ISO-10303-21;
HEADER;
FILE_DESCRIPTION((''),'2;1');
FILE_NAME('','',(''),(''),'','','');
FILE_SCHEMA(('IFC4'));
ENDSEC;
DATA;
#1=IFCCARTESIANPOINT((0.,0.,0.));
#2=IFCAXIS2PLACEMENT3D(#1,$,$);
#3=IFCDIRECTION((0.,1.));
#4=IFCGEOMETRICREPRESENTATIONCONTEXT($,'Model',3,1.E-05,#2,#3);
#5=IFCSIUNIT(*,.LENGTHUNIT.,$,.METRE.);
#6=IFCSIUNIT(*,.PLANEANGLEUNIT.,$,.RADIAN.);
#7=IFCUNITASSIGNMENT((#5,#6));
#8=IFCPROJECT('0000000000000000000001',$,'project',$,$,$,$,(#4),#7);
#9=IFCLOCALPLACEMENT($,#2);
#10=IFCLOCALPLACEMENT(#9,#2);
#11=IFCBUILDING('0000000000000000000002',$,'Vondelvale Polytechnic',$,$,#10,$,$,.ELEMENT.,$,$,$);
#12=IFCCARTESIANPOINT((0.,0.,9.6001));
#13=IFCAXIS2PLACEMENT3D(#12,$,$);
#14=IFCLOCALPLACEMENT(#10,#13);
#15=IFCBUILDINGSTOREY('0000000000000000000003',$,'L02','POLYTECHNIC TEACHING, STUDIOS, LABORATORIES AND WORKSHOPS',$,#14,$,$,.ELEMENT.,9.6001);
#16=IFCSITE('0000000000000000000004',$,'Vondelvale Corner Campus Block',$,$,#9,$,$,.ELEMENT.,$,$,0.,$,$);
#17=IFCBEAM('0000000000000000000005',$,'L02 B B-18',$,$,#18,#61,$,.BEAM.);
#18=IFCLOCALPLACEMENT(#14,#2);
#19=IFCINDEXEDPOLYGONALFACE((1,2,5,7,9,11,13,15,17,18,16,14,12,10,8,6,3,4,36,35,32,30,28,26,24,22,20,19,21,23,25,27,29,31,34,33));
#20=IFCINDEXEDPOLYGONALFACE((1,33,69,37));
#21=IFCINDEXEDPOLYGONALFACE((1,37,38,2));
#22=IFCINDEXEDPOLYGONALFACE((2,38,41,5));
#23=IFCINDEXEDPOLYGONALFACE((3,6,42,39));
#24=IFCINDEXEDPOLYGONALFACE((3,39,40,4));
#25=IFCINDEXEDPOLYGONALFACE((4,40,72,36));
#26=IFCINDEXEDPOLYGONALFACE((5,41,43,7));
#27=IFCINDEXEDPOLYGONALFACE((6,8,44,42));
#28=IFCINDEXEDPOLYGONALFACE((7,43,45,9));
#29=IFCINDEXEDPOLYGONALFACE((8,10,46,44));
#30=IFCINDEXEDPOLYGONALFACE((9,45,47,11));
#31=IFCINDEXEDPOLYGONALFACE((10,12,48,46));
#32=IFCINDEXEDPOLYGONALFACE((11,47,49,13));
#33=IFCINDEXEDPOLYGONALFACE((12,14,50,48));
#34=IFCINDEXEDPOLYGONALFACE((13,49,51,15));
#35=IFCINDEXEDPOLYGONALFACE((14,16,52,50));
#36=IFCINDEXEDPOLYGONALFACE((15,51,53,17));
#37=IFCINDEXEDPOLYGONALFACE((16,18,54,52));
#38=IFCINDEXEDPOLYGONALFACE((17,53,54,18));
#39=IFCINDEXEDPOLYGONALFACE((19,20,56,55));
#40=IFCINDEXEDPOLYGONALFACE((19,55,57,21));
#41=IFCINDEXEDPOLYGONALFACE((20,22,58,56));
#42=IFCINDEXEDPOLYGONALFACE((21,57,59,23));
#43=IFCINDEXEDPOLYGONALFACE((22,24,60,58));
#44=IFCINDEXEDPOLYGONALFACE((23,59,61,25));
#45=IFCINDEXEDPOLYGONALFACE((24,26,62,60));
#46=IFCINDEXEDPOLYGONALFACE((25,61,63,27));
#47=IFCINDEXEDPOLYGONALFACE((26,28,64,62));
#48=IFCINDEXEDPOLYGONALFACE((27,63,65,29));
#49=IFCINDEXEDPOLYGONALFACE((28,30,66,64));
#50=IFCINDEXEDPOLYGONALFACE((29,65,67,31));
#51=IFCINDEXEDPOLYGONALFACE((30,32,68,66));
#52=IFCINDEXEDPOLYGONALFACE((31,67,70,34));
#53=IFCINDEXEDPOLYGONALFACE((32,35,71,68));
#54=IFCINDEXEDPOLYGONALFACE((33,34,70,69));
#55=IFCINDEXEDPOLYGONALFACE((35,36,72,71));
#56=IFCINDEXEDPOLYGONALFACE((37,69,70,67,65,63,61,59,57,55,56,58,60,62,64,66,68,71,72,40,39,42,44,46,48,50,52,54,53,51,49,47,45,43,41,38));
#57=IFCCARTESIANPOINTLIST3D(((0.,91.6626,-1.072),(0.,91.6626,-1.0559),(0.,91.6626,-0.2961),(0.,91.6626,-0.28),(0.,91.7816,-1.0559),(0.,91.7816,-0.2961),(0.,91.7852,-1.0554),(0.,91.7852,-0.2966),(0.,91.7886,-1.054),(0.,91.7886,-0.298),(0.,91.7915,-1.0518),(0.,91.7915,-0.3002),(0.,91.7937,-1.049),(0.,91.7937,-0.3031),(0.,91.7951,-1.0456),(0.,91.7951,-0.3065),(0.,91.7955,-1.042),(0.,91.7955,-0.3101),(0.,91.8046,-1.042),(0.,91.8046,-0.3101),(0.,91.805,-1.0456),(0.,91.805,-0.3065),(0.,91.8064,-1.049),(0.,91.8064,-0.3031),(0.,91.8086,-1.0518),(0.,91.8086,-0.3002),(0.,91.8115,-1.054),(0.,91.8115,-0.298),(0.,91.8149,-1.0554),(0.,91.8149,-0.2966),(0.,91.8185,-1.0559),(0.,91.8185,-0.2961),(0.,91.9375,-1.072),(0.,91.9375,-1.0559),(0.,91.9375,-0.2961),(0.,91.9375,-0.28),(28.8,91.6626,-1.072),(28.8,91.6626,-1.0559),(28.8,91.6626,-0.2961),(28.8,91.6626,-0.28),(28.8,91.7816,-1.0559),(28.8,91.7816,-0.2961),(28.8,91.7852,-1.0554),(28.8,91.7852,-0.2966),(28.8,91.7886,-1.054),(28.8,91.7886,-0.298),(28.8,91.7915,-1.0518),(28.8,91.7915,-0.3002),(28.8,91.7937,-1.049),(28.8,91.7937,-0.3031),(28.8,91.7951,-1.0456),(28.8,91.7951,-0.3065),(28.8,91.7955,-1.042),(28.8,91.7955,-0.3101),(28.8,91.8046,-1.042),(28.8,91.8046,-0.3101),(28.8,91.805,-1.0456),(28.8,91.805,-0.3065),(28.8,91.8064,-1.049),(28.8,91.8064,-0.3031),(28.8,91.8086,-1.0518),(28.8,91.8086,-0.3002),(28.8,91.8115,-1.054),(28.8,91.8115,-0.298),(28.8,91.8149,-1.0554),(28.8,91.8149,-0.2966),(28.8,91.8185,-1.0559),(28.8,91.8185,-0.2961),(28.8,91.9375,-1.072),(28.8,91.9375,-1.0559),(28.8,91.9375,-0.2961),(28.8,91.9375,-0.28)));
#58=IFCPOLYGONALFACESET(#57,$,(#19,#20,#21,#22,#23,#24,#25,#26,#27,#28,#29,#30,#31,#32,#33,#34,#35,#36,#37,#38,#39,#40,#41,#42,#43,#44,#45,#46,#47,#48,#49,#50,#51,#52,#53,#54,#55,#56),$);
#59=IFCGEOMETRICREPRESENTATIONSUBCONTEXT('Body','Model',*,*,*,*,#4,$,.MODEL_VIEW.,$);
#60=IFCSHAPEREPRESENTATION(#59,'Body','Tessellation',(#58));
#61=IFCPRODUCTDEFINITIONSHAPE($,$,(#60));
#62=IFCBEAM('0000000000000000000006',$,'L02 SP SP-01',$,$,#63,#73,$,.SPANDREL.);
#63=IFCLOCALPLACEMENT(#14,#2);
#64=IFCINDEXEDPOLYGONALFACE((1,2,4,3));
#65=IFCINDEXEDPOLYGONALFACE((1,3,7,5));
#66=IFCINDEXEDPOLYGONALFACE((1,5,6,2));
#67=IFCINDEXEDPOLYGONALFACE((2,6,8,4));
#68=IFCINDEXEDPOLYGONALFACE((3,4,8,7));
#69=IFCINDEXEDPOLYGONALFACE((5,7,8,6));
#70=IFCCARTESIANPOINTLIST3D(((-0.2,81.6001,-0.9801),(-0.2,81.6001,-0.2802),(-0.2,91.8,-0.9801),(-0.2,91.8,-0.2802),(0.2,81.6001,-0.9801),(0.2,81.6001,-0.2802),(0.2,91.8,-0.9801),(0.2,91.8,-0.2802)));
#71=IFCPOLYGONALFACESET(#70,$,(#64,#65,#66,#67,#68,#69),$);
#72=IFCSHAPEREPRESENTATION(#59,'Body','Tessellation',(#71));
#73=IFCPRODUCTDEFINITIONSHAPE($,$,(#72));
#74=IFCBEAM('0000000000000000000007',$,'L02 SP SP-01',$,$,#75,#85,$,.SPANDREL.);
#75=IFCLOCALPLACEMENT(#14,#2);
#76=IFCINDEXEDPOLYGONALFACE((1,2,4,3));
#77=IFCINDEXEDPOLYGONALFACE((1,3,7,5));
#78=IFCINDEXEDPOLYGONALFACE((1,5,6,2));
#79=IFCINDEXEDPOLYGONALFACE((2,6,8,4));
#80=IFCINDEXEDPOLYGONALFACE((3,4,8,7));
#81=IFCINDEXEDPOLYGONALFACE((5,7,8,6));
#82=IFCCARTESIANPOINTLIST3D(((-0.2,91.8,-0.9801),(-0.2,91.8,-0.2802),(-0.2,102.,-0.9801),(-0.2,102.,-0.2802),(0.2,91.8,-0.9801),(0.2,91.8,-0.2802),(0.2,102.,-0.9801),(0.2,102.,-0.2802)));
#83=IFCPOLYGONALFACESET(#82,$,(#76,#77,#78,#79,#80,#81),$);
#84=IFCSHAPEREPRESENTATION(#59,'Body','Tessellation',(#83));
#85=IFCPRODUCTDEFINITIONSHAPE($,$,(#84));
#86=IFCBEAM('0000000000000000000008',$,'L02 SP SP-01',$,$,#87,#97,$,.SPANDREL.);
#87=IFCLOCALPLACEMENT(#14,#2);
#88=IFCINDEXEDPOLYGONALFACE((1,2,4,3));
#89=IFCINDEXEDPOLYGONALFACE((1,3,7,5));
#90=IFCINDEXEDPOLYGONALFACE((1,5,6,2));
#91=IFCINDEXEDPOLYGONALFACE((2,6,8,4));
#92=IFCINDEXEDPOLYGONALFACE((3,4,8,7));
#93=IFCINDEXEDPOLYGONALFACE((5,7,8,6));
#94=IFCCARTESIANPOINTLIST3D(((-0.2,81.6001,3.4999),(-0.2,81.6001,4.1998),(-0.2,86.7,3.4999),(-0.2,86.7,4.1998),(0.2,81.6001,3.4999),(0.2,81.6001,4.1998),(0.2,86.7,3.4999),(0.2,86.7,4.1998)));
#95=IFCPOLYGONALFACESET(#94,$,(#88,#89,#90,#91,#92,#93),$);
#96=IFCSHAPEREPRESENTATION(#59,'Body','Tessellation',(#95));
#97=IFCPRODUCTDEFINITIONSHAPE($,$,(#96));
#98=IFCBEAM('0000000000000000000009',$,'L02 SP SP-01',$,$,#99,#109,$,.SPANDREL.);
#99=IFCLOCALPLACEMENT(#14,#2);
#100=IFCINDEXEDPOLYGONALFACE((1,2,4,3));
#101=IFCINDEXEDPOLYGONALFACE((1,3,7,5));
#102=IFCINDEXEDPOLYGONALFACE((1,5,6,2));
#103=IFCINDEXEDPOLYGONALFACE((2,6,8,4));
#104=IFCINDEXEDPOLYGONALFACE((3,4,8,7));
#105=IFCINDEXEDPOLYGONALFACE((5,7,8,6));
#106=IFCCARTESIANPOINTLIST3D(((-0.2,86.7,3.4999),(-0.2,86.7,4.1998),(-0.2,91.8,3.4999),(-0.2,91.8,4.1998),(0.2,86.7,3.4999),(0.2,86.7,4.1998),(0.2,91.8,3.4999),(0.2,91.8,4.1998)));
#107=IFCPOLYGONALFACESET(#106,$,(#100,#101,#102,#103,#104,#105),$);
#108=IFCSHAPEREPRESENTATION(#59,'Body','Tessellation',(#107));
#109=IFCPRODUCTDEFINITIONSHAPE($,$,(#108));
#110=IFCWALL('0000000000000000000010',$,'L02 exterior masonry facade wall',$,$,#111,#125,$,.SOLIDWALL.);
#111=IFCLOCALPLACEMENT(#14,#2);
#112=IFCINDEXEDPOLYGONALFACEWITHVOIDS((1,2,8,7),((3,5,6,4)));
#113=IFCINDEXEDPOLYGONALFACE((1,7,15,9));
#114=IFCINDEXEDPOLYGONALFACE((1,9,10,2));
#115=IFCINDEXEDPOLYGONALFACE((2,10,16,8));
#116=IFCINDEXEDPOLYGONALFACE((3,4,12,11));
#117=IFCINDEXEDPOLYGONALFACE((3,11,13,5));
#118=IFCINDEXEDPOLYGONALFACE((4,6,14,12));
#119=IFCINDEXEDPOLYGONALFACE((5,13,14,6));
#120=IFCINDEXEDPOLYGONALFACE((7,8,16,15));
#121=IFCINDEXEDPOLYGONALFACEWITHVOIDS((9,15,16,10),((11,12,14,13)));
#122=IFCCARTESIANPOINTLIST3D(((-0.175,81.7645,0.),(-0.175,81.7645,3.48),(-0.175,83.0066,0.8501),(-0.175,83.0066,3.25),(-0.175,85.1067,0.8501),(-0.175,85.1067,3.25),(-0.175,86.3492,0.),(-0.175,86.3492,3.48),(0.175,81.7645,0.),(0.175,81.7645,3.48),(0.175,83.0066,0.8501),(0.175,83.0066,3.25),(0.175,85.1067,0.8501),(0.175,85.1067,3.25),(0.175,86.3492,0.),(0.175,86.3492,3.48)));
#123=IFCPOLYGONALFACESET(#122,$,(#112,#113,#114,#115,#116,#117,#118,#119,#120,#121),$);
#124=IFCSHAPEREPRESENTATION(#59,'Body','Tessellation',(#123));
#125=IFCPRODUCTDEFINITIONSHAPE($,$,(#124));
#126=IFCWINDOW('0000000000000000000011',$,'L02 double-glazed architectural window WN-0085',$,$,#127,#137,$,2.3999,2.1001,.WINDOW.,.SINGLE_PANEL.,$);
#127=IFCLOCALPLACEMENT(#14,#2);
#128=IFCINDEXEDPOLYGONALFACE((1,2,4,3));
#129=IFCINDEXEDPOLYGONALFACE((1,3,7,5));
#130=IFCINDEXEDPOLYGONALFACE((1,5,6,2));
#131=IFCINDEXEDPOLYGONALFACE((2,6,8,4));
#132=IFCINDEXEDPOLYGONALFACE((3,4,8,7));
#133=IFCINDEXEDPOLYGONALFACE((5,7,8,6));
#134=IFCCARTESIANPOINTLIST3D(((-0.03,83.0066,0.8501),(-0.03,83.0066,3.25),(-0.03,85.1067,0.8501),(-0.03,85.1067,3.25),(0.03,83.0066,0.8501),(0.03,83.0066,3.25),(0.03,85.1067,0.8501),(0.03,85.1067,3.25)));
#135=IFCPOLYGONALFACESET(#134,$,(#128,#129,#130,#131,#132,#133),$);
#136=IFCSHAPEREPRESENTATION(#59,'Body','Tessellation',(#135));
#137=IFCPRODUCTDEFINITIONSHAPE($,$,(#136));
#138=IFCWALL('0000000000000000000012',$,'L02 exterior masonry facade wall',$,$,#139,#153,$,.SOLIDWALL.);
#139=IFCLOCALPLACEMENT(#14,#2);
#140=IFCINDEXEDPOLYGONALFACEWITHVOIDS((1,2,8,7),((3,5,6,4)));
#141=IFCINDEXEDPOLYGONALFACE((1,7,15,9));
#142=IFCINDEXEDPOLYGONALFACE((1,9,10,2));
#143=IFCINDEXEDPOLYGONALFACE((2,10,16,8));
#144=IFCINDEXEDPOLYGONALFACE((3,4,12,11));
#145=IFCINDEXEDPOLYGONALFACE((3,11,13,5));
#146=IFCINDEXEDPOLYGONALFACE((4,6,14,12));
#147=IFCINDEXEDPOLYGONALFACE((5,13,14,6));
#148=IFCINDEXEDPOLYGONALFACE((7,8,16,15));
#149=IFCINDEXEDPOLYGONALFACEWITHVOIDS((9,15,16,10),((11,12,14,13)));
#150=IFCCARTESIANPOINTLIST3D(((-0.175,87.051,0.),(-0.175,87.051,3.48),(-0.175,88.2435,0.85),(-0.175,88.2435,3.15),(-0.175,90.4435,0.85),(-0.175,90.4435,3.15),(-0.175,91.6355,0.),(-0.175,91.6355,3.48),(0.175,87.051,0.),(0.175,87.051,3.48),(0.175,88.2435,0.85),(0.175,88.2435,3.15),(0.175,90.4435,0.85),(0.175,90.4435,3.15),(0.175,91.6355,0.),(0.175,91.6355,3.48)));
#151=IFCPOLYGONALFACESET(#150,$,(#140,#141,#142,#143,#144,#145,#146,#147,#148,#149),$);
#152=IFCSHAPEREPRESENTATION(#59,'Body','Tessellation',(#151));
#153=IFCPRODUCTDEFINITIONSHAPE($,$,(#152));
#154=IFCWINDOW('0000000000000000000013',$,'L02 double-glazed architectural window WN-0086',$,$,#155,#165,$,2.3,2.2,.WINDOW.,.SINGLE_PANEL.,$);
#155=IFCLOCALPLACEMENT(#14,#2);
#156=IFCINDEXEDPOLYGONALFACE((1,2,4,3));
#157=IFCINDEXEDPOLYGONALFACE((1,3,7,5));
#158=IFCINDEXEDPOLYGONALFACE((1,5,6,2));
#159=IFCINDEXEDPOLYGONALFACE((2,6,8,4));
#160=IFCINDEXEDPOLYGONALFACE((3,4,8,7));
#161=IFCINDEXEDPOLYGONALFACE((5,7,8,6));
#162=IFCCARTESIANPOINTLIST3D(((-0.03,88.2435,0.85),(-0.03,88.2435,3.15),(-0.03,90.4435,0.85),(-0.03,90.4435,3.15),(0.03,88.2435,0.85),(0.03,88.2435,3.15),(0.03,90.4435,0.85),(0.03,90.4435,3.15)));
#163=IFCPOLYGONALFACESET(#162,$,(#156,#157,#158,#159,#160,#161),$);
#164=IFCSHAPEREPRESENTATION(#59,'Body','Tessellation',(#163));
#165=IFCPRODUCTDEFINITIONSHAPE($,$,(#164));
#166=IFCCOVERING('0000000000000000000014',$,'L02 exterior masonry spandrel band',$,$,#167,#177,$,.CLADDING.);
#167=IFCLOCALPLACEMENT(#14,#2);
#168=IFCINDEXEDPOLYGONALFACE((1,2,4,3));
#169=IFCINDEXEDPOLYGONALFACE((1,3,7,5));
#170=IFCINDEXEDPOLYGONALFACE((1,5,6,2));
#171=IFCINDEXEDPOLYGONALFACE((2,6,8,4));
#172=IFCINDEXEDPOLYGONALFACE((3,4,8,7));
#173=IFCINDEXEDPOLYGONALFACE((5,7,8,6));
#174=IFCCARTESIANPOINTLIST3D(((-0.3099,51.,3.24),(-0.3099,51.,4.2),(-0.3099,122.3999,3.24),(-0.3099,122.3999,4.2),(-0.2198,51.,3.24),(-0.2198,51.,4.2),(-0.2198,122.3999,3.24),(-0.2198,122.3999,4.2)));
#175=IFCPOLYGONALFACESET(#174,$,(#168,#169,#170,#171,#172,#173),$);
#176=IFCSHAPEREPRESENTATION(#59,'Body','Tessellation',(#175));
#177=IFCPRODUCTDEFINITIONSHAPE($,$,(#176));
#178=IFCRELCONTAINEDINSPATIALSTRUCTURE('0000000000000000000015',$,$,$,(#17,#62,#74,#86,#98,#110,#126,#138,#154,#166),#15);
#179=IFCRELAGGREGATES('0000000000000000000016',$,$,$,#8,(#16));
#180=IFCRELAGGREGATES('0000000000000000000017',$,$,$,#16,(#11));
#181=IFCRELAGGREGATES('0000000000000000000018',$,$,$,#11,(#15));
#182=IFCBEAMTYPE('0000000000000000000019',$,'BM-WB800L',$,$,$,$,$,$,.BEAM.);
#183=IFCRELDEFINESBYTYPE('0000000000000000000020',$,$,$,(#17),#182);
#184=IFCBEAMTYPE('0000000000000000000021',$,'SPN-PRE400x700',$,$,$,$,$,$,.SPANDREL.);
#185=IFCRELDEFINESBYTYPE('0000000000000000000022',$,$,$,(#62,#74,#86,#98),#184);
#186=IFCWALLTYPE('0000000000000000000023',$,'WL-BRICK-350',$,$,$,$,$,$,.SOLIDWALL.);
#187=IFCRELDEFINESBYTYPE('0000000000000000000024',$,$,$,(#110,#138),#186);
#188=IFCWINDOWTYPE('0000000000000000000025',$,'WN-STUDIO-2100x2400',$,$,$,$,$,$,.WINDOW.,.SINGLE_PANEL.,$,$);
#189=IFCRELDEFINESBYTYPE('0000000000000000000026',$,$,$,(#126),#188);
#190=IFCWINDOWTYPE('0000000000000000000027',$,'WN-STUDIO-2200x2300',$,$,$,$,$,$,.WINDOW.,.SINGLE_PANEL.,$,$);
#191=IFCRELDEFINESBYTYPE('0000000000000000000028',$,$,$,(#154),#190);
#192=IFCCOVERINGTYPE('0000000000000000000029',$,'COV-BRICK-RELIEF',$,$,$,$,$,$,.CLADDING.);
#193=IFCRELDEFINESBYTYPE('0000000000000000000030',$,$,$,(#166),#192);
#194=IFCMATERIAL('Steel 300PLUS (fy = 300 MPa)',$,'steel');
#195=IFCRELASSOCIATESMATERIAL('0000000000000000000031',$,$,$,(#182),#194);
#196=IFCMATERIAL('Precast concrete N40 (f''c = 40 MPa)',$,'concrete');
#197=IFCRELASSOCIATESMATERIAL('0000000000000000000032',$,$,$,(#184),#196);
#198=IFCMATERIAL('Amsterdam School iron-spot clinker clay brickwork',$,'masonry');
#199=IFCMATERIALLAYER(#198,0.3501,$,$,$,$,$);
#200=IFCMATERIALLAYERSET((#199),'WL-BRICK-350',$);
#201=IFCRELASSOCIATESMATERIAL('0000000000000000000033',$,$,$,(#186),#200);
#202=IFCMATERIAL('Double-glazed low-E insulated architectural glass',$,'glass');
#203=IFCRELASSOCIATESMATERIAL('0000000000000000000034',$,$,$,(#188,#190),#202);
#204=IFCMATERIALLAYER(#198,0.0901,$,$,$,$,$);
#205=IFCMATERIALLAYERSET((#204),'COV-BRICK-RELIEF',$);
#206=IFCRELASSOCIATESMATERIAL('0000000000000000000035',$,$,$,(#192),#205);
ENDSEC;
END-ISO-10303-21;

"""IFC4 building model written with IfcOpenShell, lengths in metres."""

from ifc_helpers import new_model, si_unit, direction, frame, frame_2d, origin, origin_2d, place, context, subcontext, project, spatial, rectangle, i_section, extrude, material, layer, layer_set, material_profile, profile_set, type_object, element, fill, save


model = new_model("IFC4")

# Units and contexts
model_context = context("Model", 3, precision=1e-05, world=origin(), true_north=direction((0.0, 1.0)))
body_context = subcontext(model_context, "Body", "Model", "MODEL_VIEW")
ifc_project = project(units=[si_unit("LENGTHUNIT", "METRE"), si_unit("PLANEANGLEUNIT", "RADIAN")], contexts=[model_context])

# Site, building, storey
site_placement = place(None, origin())
site = spatial("IfcSite", under=ifc_project, at=site_placement, Name="Vondelvale Corner Campus Block", CompositionType="ELEMENT", RefElevation=0.0)
building_placement = place(site_placement, origin())
building = spatial("IfcBuilding", under=site, at=building_placement, Name="Vondelvale Polytechnic", CompositionType="ELEMENT")
storey_placement = place(building_placement, frame((0.0, 0.0, 9.6001)))
storey = spatial("IfcBuildingStorey", under=building, at=storey_placement, Name="L02", Description="POLYTECHNIC TEACHING, STUDIOS, LABORATORIES AND WORKSHOPS", CompositionType="ELEMENT", Elevation=9.6001)

# Shared definitions
ifc_material_1 = material(Name="Steel 300PLUS (fy = 300 MPa)", Category="steel")

# Beams
ifc_material_profile_1 = material_profile(ifc_material_1, i_section(OverallWidth=0.2749, OverallDepth=0.792, WebThickness=0.009, FlangeThickness=0.0161, FilletRadius=0.0139, at=origin_2d()), Name="800WB146")
ifc_profile_set_1 = profile_set([ifc_material_profile_1], Name="Steel 300PLUS (fy = 300 MPa)")
beam_type_1 = type_object("IfcBeamType", Name="BM-WB800L", PredefinedType="BEAM", material=ifc_profile_set_1)
for number, where, z_axis, x_axis, name in (
    (1, (0.0, 91.8, -0.676), (1.0, 0.0, 0.0), (0.0, 1.0, 0.0), "L02 B B-18"),
):
    element("IfcBeam", number, at=place(storey_placement, frame(where, z_axis=z_axis, x_axis=x_axis)), inside=storey, type_object=beam_type_1, Name=name, PredefinedType="BEAM", context=body_context, shape_type="SweptSolid", body=[
        extrude(i_section(OverallWidth=0.2749, OverallDepth=0.792, WebThickness=0.009, FlangeThickness=0.0161, FilletRadius=0.0139, at=origin_2d()), origin(), (0.0, 0.0, 1.0), 28.8),
    ])
ifc_material_2 = material(Name="Precast concrete N40 (f'c = 40 MPa)", Category="concrete")
ifc_material_profile_2 = material_profile(ifc_material_2, rectangle(XDim=0.3999, YDim=0.7, at=origin_2d()), Name="RC-SPN-400x700")
ifc_profile_set_2 = profile_set([ifc_material_profile_2], Name="Precast concrete N40 (f'c = 40 MPa)")
beam_type_2 = type_object("IfcBeamType", Name="SPN-PRE400x700", PredefinedType="SPANDREL", material=ifc_profile_set_2)
for number, where, z_axis, x_axis, name in (
    (2, (0.0, 81.6001, -0.6301), (0.0, 1.0, 0.0), (-1.0, 0.0, 0.0), "L02 SP SP-01"),
    (3, (0.0, 91.8, -0.6301), (0.0, 1.0, 0.0), (-1.0, 0.0, 0.0), "L02 SP SP-01"),
):
    element("IfcBeam", number, at=place(storey_placement, frame(where, z_axis=z_axis, x_axis=x_axis)), inside=storey, type_object=beam_type_2, Name=name, PredefinedType="SPANDREL", context=body_context, shape_type="SweptSolid", body=[
        extrude(rectangle(XDim=0.3999, YDim=0.7, at=origin_2d()), origin(), (0.0, 0.0, 1.0), 10.2),
    ])
beam_1_placement = place(storey_placement, frame((0.0, 81.6001, 3.8499), z_axis=(0.0, 1.0, 0.0), x_axis=(-1.0, 0.0, 0.0)))
element("IfcBeam", 4, at=beam_1_placement, inside=storey, type_object=beam_type_2, Name="L02 SP SP-01", PredefinedType="SPANDREL", context=body_context, shape_type="SweptSolid", body=[
    extrude(rectangle(XDim=0.3999, YDim=0.7, at=origin_2d()), origin(), (0.0, 0.0, 1.0), 5.0999),
])
beam_2_placement = place(storey_placement, frame((0.0, 86.7, 3.8499), z_axis=(0.0, 1.0, 0.0), x_axis=(-1.0, 0.0, 0.0)))
element("IfcBeam", 5, at=beam_2_placement, inside=storey, type_object=beam_type_2, Name="L02 SP SP-01", PredefinedType="SPANDREL", context=body_context, shape_type="SweptSolid", body=[
    extrude(rectangle(XDim=0.3999, YDim=0.7, at=origin_2d()), origin(), (0.0, 0.0, 1.0), 5.1001),
])

# Walls, openings, windows
ifc_material_3 = material(Name="Amsterdam School iron-spot clinker clay brickwork", Category="masonry")
ifc_layer_1 = layer(ifc_material_3, 0.3501)
ifc_layer_set_1 = layer_set([ifc_layer_1], Name="WL-BRICK-350")
wall_type = type_object("IfcWallType", Name="WL-BRICK-350", PredefinedType="SOLIDWALL", material=ifc_layer_set_1)
wall_1_placement = place(storey_placement, frame((0.0, 81.7644, 0.0), z_axis=(0.0, 0.0, 1.0), x_axis=(0.0, 1.0, 0.0)))
wall_1 = element("IfcWall", 6, at=wall_1_placement, inside=storey, type_object=wall_type, Name="L02 exterior masonry facade wall", PredefinedType="SOLIDWALL", context=body_context, shape_type="SweptSolid", body=[
    extrude(rectangle(XDim=4.5847, YDim=0.3501, at=frame_2d((2.2925, 0.0))), origin(), (0.0, 0.0, 1.0), 3.48),
])
opening_1_placement = place(wall_1_placement, frame((1.2422, 0.0, 0.8501)))
opening_1 = element("IfcOpeningElement", 7, at=opening_1_placement, cuts=wall_1, PredefinedType="OPENING", context=body_context, shape_type="SweptSolid", body=[
    extrude(rectangle(XDim=2.1001, YDim=2.3999, at=frame_2d((1.05, 1.2))), frame((0.0, 0.1851, 0.0), z_axis=(0.0, -1.0, 0.0), x_axis=(1.0, 0.0, 0.0)), (0.0, 0.0, 1.0), 0.3701),
])
ifc_material_4 = material(Name="Double-glazed low-E insulated architectural glass", Category="glass")
window_type_1 = type_object("IfcWindowType", Name="WN-STUDIO-2100x2400", PartitioningType="SINGLE_PANEL", PredefinedType="WINDOW", material=ifc_material_4)
window_1_placement = place(opening_1_placement, origin())
window_1 = element("IfcWindow", 8, at=window_1_placement, inside=storey, type_object=window_type_1, Name="L02 double-glazed architectural window WN-0085", OverallHeight=2.3999, OverallWidth=2.1001, PartitioningType="SINGLE_PANEL", PredefinedType="WINDOW", context=body_context, shape_type="SweptSolid", body=[
    extrude(rectangle(XDim=2.1001, YDim=2.3999, at=frame_2d((1.05, 1.2))), frame((0.0, 0.03, 0.0), z_axis=(0.0, -1.0, 0.0), x_axis=(1.0, 0.0, 0.0)), (0.0, 0.0, 1.0), 0.0601),
])
fill(opening_1, window_1)
wall_2_placement = place(storey_placement, frame((0.0, 87.051, 0.0), z_axis=(0.0, 0.0, 1.0), x_axis=(0.0, 1.0, 0.0)))
wall_2 = element("IfcWall", 9, at=wall_2_placement, inside=storey, type_object=wall_type, Name="L02 exterior masonry facade wall", PredefinedType="SOLIDWALL", context=body_context, shape_type="SweptSolid", body=[
    extrude(rectangle(XDim=4.5845, YDim=0.3501, at=frame_2d((2.2922, 0.0))), origin(), (0.0, 0.0, 1.0), 3.48),
])
opening_2_placement = place(wall_2_placement, frame((1.1924, 0.0, 0.8501)))
opening_2 = element("IfcOpeningElement", 10, at=opening_2_placement, cuts=wall_2, PredefinedType="OPENING", context=body_context, shape_type="SweptSolid", body=[
    extrude(rectangle(XDim=2.2, YDim=2.3, at=frame_2d((1.1001, 1.1499))), frame((0.0, 0.1851, 0.0), z_axis=(0.0, -1.0, 0.0), x_axis=(1.0, 0.0, 0.0)), (0.0, 0.0, 1.0), 0.3701),
])
window_type_2 = type_object("IfcWindowType", Name="WN-STUDIO-2200x2300", PartitioningType="SINGLE_PANEL", PredefinedType="WINDOW", material=ifc_material_4)
window_2_placement = place(opening_2_placement, origin())
window_2 = element("IfcWindow", 11, at=window_2_placement, inside=storey, type_object=window_type_2, Name="L02 double-glazed architectural window WN-0086", OverallHeight=2.3, OverallWidth=2.2, PartitioningType="SINGLE_PANEL", PredefinedType="WINDOW", context=body_context, shape_type="SweptSolid", body=[
    extrude(rectangle(XDim=2.2, YDim=2.3, at=frame_2d((1.1001, 1.1499))), frame((0.0, 0.03, 0.0), z_axis=(0.0, -1.0, 0.0), x_axis=(1.0, 0.0, 0.0)), (0.0, 0.0, 1.0), 0.0601),
])
fill(opening_2, window_2)

# Covering
ifc_layer_2 = layer(ifc_material_3, 0.0901)
ifc_layer_set_2 = layer_set([ifc_layer_2], Name="COV-BRICK-RELIEF")
covering_type = type_object("IfcCoveringType", Name="COV-BRICK-RELIEF", PredefinedType="CLADDING", material=ifc_layer_set_2)
covering_placement = place(storey_placement, frame((-0.2649, 86.7, 3.24), z_axis=(0.0, 0.0, 1.0), x_axis=(0.0, 1.0, 0.0)))
element("IfcCovering", 12, at=covering_placement, inside=storey, type_object=covering_type, Name="L02 exterior masonry spandrel band", PredefinedType="CLADDING", context=body_context, shape_type="SweptSolid", body=[
    extrude(rectangle(XDim=71.3999, YDim=0.0901, at=origin_2d()), origin(), (0.0, 0.0, 1.0), 0.96),
])

save(model, "model.ifc")
